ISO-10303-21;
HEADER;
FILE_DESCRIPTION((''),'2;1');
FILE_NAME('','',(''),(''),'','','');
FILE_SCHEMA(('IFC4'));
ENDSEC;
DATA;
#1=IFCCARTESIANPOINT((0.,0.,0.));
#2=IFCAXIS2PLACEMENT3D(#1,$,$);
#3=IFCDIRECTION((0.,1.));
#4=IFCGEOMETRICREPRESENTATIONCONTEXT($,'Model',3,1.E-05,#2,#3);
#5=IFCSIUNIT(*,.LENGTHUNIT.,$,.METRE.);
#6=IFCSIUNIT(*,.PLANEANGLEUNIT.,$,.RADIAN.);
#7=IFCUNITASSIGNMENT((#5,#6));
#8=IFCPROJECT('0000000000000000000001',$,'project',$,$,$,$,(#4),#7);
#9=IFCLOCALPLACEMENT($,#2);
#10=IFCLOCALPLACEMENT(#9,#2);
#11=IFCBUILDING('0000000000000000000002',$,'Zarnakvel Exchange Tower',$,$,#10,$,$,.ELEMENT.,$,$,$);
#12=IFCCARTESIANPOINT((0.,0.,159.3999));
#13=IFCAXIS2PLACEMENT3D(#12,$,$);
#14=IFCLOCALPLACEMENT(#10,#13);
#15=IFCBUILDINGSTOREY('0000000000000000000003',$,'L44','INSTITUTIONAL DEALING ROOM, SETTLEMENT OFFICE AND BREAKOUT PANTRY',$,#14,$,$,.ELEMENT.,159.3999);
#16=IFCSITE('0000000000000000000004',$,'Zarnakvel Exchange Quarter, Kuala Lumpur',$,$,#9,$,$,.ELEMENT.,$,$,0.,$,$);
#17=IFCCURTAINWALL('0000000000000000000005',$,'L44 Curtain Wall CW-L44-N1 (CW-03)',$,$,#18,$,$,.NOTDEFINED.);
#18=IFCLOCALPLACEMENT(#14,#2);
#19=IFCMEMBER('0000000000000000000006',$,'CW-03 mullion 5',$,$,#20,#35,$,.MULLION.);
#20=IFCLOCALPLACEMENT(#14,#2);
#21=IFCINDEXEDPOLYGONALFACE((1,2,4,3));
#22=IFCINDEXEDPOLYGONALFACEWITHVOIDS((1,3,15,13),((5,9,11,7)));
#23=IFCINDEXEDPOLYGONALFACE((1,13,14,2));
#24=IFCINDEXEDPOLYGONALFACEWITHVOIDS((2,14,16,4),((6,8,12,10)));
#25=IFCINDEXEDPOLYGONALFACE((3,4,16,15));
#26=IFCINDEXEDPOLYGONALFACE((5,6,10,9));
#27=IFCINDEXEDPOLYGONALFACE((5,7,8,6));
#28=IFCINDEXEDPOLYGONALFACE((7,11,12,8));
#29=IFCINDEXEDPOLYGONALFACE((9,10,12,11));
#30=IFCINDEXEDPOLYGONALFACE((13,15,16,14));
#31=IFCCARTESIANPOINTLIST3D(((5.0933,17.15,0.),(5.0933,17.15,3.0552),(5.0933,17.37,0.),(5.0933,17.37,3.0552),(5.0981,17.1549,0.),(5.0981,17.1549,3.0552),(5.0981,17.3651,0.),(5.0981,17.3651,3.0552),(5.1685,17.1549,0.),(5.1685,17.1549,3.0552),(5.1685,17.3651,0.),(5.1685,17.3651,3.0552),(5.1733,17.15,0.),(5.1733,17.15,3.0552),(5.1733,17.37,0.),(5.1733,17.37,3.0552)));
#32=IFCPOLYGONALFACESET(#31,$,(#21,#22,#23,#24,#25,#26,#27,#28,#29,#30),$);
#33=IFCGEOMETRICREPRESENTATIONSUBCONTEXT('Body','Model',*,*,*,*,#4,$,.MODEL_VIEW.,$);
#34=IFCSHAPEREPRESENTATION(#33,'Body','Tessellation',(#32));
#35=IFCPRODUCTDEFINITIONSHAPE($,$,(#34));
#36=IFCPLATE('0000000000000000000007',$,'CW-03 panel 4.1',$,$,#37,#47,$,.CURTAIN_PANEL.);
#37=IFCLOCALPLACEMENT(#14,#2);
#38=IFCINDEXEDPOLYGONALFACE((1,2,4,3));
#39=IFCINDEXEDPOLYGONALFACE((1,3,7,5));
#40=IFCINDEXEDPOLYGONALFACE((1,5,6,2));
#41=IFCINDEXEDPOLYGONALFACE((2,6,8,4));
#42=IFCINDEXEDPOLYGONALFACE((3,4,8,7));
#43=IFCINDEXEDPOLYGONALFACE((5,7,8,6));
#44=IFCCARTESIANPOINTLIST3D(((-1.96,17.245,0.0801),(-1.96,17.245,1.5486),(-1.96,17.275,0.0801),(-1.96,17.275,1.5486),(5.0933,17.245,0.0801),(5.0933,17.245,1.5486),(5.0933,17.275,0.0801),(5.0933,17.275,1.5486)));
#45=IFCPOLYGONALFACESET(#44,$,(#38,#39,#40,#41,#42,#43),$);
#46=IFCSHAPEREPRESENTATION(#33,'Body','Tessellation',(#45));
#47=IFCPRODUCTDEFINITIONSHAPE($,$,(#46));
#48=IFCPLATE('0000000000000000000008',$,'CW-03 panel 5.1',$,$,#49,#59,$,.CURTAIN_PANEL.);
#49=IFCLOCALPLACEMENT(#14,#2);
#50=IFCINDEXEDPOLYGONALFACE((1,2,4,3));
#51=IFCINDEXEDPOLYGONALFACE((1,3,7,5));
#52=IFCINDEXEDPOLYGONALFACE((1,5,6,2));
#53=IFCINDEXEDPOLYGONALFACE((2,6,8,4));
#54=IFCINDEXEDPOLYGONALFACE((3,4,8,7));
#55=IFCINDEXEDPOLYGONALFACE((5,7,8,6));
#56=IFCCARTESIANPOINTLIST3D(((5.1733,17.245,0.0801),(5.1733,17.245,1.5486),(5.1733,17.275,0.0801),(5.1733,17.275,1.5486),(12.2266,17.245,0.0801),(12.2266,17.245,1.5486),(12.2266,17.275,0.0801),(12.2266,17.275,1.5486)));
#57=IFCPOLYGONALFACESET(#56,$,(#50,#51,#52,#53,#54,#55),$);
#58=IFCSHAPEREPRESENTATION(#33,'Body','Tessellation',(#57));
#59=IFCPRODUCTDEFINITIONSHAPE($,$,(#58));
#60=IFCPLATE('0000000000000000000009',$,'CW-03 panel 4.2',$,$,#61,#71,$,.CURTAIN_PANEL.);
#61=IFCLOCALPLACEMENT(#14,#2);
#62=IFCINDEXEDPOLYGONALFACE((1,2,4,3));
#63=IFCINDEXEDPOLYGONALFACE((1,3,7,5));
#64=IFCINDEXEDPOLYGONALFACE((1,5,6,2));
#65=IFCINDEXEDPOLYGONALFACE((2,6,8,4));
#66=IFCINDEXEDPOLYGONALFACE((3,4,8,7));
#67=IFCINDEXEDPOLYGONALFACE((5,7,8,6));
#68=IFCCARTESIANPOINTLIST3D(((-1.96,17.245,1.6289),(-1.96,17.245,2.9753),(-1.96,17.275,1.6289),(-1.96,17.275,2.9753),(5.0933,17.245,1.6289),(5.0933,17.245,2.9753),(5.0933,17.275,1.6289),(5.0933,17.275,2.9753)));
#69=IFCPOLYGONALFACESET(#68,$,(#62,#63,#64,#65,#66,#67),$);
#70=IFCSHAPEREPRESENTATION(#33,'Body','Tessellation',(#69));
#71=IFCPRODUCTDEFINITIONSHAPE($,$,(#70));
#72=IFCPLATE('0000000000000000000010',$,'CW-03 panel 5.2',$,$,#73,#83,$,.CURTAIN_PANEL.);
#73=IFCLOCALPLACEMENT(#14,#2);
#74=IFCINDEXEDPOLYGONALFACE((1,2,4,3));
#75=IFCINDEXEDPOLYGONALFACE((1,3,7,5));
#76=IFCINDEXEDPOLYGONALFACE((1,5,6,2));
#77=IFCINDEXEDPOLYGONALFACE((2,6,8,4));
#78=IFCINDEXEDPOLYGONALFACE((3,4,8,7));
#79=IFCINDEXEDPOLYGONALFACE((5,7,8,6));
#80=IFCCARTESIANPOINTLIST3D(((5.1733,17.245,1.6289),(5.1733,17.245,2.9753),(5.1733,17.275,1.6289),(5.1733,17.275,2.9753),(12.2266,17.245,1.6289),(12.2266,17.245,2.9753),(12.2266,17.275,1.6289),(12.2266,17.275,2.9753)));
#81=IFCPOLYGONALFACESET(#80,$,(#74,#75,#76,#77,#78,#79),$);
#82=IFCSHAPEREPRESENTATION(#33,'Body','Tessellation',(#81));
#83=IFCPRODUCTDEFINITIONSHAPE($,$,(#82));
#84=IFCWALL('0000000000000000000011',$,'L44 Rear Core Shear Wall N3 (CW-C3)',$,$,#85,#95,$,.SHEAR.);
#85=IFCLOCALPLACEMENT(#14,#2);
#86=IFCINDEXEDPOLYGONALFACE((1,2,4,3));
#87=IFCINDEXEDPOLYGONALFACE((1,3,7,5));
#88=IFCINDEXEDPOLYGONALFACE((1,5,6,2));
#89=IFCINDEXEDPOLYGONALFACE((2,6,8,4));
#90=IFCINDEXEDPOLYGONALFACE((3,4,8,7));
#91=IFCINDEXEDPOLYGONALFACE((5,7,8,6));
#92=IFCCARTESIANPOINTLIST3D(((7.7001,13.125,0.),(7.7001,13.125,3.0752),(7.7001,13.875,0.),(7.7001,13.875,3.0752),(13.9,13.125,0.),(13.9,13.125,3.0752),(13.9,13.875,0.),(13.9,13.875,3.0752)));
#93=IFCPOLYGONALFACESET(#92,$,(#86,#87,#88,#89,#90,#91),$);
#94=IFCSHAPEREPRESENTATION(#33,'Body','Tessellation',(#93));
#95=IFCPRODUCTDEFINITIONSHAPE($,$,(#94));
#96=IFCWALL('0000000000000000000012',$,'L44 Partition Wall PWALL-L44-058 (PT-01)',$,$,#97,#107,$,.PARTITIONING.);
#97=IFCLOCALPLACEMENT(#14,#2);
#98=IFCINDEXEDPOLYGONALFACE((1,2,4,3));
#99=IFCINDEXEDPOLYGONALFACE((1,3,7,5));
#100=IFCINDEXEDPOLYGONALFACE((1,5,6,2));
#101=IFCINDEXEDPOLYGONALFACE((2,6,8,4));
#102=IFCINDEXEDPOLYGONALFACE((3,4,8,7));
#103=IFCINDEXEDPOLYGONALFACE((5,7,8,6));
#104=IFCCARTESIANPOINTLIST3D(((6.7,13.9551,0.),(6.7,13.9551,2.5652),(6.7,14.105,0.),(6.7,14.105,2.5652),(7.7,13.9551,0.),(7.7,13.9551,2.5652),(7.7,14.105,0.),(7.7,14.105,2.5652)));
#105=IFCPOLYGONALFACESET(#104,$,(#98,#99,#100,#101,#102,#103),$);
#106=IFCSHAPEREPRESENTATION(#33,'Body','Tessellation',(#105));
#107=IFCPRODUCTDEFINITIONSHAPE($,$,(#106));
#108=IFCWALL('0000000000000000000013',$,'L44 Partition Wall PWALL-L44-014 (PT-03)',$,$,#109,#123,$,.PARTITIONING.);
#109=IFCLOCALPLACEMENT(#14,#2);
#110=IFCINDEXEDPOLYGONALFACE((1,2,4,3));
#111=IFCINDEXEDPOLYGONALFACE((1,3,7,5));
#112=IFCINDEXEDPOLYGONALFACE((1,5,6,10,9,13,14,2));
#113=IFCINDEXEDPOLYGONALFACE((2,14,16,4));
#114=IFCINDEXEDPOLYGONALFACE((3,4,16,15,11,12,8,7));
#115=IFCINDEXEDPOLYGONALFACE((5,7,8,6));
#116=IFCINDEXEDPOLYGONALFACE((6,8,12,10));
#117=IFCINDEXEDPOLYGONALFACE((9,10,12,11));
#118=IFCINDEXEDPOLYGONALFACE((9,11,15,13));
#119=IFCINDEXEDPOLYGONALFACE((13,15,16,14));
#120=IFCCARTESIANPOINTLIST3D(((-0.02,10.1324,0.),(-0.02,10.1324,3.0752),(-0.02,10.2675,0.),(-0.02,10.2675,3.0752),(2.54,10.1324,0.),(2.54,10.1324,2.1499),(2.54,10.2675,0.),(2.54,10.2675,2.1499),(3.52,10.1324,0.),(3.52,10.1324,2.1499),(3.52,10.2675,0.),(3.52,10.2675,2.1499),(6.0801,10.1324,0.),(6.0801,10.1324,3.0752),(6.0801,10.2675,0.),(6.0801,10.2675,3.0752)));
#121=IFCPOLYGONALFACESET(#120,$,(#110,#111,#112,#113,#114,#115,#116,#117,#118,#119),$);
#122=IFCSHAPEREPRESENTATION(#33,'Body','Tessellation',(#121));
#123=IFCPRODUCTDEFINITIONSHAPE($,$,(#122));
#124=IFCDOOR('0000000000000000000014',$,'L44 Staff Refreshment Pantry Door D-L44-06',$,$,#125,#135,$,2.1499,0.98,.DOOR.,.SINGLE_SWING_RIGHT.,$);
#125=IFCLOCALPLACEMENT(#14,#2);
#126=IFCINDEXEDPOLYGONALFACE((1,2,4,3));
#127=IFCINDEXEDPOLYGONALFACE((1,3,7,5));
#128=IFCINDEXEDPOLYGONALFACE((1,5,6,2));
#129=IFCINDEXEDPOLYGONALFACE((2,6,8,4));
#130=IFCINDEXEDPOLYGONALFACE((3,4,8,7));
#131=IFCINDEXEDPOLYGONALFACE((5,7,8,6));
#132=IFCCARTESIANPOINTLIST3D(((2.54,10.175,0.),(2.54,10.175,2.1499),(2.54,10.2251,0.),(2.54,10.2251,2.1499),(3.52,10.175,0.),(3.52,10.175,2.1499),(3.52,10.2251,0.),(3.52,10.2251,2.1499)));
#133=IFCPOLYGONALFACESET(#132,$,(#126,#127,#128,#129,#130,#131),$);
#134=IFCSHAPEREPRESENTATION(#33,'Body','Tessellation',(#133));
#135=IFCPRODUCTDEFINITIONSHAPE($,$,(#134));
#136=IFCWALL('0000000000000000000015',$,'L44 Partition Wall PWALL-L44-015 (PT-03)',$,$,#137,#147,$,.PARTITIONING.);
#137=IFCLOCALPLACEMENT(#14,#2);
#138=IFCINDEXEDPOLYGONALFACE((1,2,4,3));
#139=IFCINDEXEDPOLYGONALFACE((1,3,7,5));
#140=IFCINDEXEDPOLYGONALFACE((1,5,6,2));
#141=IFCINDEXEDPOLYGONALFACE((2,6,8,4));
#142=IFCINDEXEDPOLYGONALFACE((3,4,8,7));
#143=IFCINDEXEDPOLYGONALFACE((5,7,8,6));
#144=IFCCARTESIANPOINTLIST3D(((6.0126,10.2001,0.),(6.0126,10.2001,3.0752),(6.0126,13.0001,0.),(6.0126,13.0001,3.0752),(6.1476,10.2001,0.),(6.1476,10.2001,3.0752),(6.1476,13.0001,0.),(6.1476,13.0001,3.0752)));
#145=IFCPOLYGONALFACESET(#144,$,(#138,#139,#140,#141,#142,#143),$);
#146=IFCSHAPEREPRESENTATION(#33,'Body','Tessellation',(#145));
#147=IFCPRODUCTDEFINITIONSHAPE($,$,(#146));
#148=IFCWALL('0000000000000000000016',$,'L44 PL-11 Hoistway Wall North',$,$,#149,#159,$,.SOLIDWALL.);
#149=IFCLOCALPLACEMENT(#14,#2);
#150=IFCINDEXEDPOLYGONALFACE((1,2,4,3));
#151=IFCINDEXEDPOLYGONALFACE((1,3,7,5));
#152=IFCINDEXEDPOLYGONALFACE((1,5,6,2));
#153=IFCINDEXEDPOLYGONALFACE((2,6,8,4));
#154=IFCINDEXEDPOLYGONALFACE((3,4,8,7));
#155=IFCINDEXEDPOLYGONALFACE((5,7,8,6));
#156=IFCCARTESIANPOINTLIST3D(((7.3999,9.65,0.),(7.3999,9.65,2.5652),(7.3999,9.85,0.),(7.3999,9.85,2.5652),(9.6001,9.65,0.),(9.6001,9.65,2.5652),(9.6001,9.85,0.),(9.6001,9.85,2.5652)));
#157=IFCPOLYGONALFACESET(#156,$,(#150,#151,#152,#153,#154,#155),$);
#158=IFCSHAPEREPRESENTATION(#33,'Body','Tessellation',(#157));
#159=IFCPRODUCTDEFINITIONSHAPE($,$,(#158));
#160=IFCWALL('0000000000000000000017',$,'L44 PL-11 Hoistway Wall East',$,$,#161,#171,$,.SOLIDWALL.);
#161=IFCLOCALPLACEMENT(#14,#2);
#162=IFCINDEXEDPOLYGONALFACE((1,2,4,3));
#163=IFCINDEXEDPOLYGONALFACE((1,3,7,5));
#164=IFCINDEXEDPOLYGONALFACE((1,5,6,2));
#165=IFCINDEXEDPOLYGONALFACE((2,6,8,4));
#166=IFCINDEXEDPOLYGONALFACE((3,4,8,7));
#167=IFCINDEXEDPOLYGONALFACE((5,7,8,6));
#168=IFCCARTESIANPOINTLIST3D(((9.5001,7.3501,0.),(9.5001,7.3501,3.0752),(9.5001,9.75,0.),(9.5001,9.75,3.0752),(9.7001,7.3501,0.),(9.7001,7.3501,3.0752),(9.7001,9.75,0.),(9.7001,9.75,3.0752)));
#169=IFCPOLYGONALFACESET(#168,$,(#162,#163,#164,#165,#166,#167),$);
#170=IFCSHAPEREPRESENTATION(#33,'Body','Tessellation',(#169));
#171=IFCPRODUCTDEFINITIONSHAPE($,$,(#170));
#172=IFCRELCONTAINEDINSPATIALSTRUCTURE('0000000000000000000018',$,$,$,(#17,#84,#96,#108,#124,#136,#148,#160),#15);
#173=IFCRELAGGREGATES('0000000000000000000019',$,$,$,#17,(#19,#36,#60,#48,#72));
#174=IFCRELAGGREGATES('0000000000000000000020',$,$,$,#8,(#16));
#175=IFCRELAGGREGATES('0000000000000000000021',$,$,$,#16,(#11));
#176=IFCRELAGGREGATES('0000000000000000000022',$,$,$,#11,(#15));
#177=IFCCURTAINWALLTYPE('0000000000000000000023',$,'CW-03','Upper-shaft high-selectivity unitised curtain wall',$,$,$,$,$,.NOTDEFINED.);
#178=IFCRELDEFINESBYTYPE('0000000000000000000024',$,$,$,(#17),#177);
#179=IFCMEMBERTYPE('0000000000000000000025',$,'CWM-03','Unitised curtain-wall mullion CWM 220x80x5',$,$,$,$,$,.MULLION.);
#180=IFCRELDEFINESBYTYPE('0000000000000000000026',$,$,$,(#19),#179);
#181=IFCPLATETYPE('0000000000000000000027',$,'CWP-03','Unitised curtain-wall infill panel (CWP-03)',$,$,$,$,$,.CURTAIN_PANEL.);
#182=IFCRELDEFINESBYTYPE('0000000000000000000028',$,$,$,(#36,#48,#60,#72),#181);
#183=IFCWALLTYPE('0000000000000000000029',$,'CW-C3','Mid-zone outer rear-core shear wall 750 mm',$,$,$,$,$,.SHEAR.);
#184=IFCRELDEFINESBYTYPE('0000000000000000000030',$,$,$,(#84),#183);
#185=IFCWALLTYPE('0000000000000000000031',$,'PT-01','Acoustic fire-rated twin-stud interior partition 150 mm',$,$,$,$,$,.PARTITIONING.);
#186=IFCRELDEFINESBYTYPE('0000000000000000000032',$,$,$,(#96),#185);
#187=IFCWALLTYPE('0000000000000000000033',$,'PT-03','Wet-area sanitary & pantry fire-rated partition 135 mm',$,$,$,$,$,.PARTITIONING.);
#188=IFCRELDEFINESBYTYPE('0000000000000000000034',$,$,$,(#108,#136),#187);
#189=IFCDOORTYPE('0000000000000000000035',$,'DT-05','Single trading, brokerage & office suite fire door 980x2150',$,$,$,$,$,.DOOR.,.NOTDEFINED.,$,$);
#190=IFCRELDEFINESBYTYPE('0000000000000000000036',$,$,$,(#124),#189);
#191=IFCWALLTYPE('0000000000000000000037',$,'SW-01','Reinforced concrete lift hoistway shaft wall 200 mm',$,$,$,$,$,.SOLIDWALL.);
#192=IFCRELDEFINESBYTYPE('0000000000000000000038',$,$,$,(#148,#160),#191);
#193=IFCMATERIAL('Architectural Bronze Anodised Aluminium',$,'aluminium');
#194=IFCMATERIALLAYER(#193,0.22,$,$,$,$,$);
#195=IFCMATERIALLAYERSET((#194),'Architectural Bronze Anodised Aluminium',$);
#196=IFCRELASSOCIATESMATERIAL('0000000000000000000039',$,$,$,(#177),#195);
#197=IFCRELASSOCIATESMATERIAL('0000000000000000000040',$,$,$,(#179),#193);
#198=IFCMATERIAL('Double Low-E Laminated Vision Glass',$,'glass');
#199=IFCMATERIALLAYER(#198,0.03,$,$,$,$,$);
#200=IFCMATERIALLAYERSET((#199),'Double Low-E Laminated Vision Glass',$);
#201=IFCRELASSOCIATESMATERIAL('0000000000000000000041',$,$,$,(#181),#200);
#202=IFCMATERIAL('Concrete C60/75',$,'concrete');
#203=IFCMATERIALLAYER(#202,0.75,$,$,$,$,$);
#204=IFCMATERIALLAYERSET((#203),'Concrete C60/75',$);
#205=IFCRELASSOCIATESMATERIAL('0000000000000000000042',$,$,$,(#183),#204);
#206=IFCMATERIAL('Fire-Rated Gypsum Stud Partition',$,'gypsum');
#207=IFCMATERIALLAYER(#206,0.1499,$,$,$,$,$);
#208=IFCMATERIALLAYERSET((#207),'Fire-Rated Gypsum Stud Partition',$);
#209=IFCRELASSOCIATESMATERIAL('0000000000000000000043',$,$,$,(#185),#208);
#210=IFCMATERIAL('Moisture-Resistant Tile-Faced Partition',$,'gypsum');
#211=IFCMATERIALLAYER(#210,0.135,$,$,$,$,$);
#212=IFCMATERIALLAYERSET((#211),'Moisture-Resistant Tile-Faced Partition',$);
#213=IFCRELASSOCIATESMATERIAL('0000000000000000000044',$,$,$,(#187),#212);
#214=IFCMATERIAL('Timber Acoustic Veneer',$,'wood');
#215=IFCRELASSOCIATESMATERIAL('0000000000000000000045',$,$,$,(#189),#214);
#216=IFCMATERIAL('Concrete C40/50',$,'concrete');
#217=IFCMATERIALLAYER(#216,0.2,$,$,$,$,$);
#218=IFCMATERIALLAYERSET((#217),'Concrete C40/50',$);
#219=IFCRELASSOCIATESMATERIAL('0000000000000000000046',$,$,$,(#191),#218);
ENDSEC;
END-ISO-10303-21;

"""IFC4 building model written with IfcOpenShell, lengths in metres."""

from ifc_helpers import new_model, si_unit, direction, frame, frame_2d, origin, origin_2d, place, context, subcontext, project, spatial, rectangle, hollow_rectangle, extrude, source, transform, mapped, material, layer, layer_set, material_profile, profile_set, type_object, element, fill, aggregate, save


model = new_model("IFC4")

# Units and contexts
model_context = context("Model", 3, precision=1e-05, world=origin(), true_north=direction((0.0, 1.0)))
body_context = subcontext(model_context, "Body", "Model", "MODEL_VIEW")
ifc_project = project(units=[si_unit("LENGTHUNIT", "METRE"), si_unit("PLANEANGLEUNIT", "RADIAN")], contexts=[model_context])

# Site, building, storey
site_placement = place(None, origin())
site = spatial("IfcSite", under=ifc_project, at=site_placement, Name="Zarnakvel Exchange Quarter, Kuala Lumpur", CompositionType="ELEMENT", RefElevation=0.0)
building_placement = place(site_placement, origin())
building = spatial("IfcBuilding", under=site, at=building_placement, Name="Zarnakvel Exchange Tower", CompositionType="ELEMENT")
storey_placement = place(building_placement, frame((0.0, 0.0, 159.3999)))
storey = spatial("IfcBuildingStorey", under=building, at=storey_placement, Name="L44", Description="INSTITUTIONAL DEALING ROOM, SETTLEMENT OFFICE AND BREAKOUT PANTRY", CompositionType="ELEMENT", Elevation=159.3999)

# Shared definitions
ifc_material_1 = material(Name="Concrete C60/75", Category="concrete")

# Curtain wall, member, plates
ifc_material_2 = material(Name="Architectural Bronze Anodised Aluminium", Category="aluminium")
ifc_layer_1 = layer(ifc_material_2, 0.22)
ifc_layer_set_1 = layer_set([ifc_layer_1], Name="Architectural Bronze Anodised Aluminium")
curtain_wall_type = type_object("IfcCurtainWallType", Name="CW-03", Description="Upper-shaft high-selectivity unitised curtain wall", PredefinedType="NOTDEFINED", material=ifc_layer_set_1)
curtain_wall_placement = place(storey_placement, origin())
curtain_wall = element("IfcCurtainWall", 1, at=curtain_wall_placement, inside=storey, type_object=curtain_wall_type, Name="L44 Curtain Wall CW-L44-N1 (CW-03)", PredefinedType="NOTDEFINED")
ifc_material_profile_1 = material_profile(ifc_material_2, hollow_rectangle(XDim=0.22, YDim=0.0801, WallThickness=0.0049, at=origin_2d()))
ifc_profile_set_1 = profile_set([ifc_material_profile_1], Name="Architectural Bronze Anodised Aluminium")
member_type_1 = type_object("IfcMemberType", Name="CWM-03", Description="Unitised curtain-wall mullion CWM 220x80x5", PredefinedType="MULLION", material=ifc_profile_set_1)
shared_shape_1 = source(origin(), body_context, "Body", "SweptSolid", [
    extrude(hollow_rectangle(XDim=0.22, YDim=0.0801, WallThickness=0.0049, at=origin_2d()), origin(), (0.0, 0.0, 1.0), 3.0552),
])
member_1_placement = place(storey_placement, frame((5.1333, 17.26, 0.0), z_axis=(0.0, 0.0, 1.0), x_axis=(0.0, 1.0, 0.0)))
member_1 = element("IfcMember", 2, at=member_1_placement, type_object=member_type_1, Name="CW-03 mullion 5", PredefinedType="MULLION", context=body_context, shape_type="MappedRepresentation", body=[
    mapped(shared_shape_1, transform((0.0, 0.0, 0.0), x_axis=(1.0, 0.0, 0.0), y_axis=(0.0, 1.0, 0.0), z_axis=(0.0, 0.0, 1.0), scale=1.0)),
])
ifc_material_3 = material(Name="Double Low-E Laminated Vision Glass", Category="glass")
ifc_layer_2 = layer(ifc_material_3, 0.03)
ifc_layer_set_2 = layer_set([ifc_layer_2], Name="Double Low-E Laminated Vision Glass")
plate_type = type_object("IfcPlateType", Name="CWP-03", Description="Unitised curtain-wall infill panel (CWP-03)", PredefinedType="CURTAIN_PANEL", material=ifc_layer_set_2)
shared_shape_2 = source(origin(), body_context, "Body", "SweptSolid", [
    extrude(rectangle(XDim=7.0532, YDim=0.03, at=origin_2d()), origin(), (0.0, 0.0, 1.0), 1.4685),
])
plate_1_placement = place(storey_placement, frame((1.5667, 17.26, 0.0801), z_axis=(0.0, 0.0, 1.0), x_axis=(1.0, 0.0, 0.0)))
plate_1 = element("IfcPlate", 3, at=plate_1_placement, type_object=plate_type, Name="CW-03 panel 4.1", PredefinedType="CURTAIN_PANEL", context=body_context, shape_type="MappedRepresentation", body=[
    mapped(shared_shape_2, transform((0.0, 0.0, 0.0), x_axis=(1.0, 0.0, 0.0), y_axis=(0.0, 1.0, 0.0), z_axis=(0.0, 0.0, 1.0), scale=1.0)),
])
plate_2_placement = place(storey_placement, frame((8.7, 17.26, 0.0801), z_axis=(0.0, 0.0, 1.0), x_axis=(1.0, 0.0, 0.0)))
plate_2 = element("IfcPlate", 4, at=plate_2_placement, type_object=plate_type, Name="CW-03 panel 5.1", PredefinedType="CURTAIN_PANEL", context=body_context, shape_type="MappedRepresentation", body=[
    mapped(shared_shape_2, transform((0.0, 0.0, 0.0), x_axis=(1.0, 0.0, 0.0), y_axis=(0.0, 1.0, 0.0), z_axis=(0.0, 0.0, 1.0), scale=1.0)),
])
shared_shape_3 = source(origin(), body_context, "Body", "SweptSolid", [
    extrude(rectangle(XDim=7.0532, YDim=0.03, at=origin_2d()), origin(), (0.0, 0.0, 1.0), 1.3464),
])
plate_3_placement = place(storey_placement, frame((1.5667, 17.26, 1.6289), z_axis=(0.0, 0.0, 1.0), x_axis=(1.0, 0.0, 0.0)))
plate_3 = element("IfcPlate", 5, at=plate_3_placement, type_object=plate_type, Name="CW-03 panel 4.2", PredefinedType="CURTAIN_PANEL", context=body_context, shape_type="MappedRepresentation", body=[
    mapped(shared_shape_3, transform((0.0, 0.0, 0.0), x_axis=(1.0, 0.0, 0.0), y_axis=(0.0, 1.0, 0.0), z_axis=(0.0, 0.0, 1.0), scale=1.0)),
])
plate_4_placement = place(storey_placement, frame((8.7, 17.26, 1.6289), z_axis=(0.0, 0.0, 1.0), x_axis=(1.0, 0.0, 0.0)))
plate_4 = element("IfcPlate", 6, at=plate_4_placement, type_object=plate_type, Name="CW-03 panel 5.2", PredefinedType="CURTAIN_PANEL", context=body_context, shape_type="MappedRepresentation", body=[
    mapped(shared_shape_3, transform((0.0, 0.0, 0.0), x_axis=(1.0, 0.0, 0.0), y_axis=(0.0, 1.0, 0.0), z_axis=(0.0, 0.0, 1.0), scale=1.0)),
])
aggregate(curtain_wall, [member_1, plate_1, plate_3, plate_2, plate_4])

# Walls
ifc_layer_3 = layer(ifc_material_1, 0.75)
ifc_layer_set_3 = layer_set([ifc_layer_3], Name="Concrete C60/75")
wall_type_1 = type_object("IfcWallType", Name="CW-C3", Description="Mid-zone outer rear-core shear wall 750 mm", PredefinedType="SHEAR", material=ifc_layer_set_3)
wall_1_placement = place(storey_placement, frame((7.7, 13.5, 0.0), z_axis=(0.0, 0.0, 1.0), x_axis=(1.0, 0.0, 0.0)))
element("IfcWall", 7, at=wall_1_placement, inside=storey, type_object=wall_type_1, Name="L44 Rear Core Shear Wall N3 (CW-C3)", PredefinedType="SHEAR", context=body_context, shape_type="SweptSolid", body=[
    extrude(rectangle(XDim=6.2, YDim=0.75, at=frame_2d((3.1001, 0.0))), origin(), (0.0, 0.0, 1.0), 3.0752),
])
ifc_material_4 = material(Name="Fire-Rated Gypsum Stud Partition", Category="gypsum")
ifc_layer_4 = layer(ifc_material_4, 0.1499)
ifc_layer_set_4 = layer_set([ifc_layer_4], Name="Fire-Rated Gypsum Stud Partition")
wall_type_2 = type_object("IfcWallType", Name="PT-01", Description="Acoustic fire-rated twin-stud interior partition 150 mm", PredefinedType="PARTITIONING", material=ifc_layer_set_4)
wall_2_placement = place(storey_placement, frame((7.7, 14.03, 0.0), z_axis=(0.0, 0.0, 1.0), x_axis=(-1.0, 0.0, 0.0)))
element("IfcWall", 8, at=wall_2_placement, inside=storey, type_object=wall_type_2, Name="L44 Partition Wall PWALL-L44-058 (PT-01)", PredefinedType="PARTITIONING", context=body_context, shape_type="SweptSolid", body=[
    extrude(rectangle(XDim=1.0, YDim=0.1499, at=frame_2d((0.5, 0.0))), origin(), (0.0, 0.0, 1.0), 2.5652),
])

# Wall, opening, door
ifc_material_5 = material(Name="Moisture-Resistant Tile-Faced Partition", Category="gypsum")
ifc_layer_5 = layer(ifc_material_5, 0.135)
ifc_layer_set_5 = layer_set([ifc_layer_5], Name="Moisture-Resistant Tile-Faced Partition")
wall_type_3 = type_object("IfcWallType", Name="PT-03", Description="Wet-area sanitary & pantry fire-rated partition 135 mm", PredefinedType="PARTITIONING", material=ifc_layer_set_5)
wall_3_placement = place(storey_placement, frame((6.0801, 10.2, 0.0), z_axis=(0.0, 0.0, 1.0), x_axis=(-1.0, 0.0, 0.0)))
wall_3 = element("IfcWall", 9, at=wall_3_placement, inside=storey, type_object=wall_type_3, Name="L44 Partition Wall PWALL-L44-014 (PT-03)", PredefinedType="PARTITIONING", context=body_context, shape_type="SweptSolid", body=[
    extrude(rectangle(XDim=6.1001, YDim=0.135, at=frame_2d((3.05, 0.0))), origin(), (0.0, 0.0, 1.0), 3.0752),
])
opening_placement = place(wall_3_placement, frame((2.5601, 0.0, 0.0)))
opening = element("IfcOpeningElement", 10, at=opening_placement, cuts=wall_3, PredefinedType="OPENING", context=body_context, shape_type="SweptSolid", body=[
    extrude(rectangle(XDim=0.98, YDim=2.1499, at=frame_2d((0.49, 1.075))), frame((0.0, 0.0774, 0.0), z_axis=(0.0, -1.0, 0.0), x_axis=(1.0, 0.0, 0.0)), (0.0, 0.0, 1.0), 0.155),
])
ifc_material_6 = material(Name="Timber Acoustic Veneer", Category="wood")
door_type = type_object("IfcDoorType", Name="DT-05", Description="Single trading, brokerage & office suite fire door 980x2150", OperationType="NOTDEFINED", PredefinedType="DOOR", material=ifc_material_6)
shared_shape_4 = source(origin(), body_context, "Body", "SweptSolid", [
    extrude(rectangle(XDim=0.98, YDim=2.1499, at=frame_2d((0.49, 1.075))), frame((0.0, 0.0249, 0.0), z_axis=(0.0, -1.0, 0.0), x_axis=(1.0, 0.0, 0.0)), (0.0, 0.0, 1.0), 0.05),
])
door_placement = place(opening_placement, origin())
door = element("IfcDoor", 11, at=door_placement, inside=storey, type_object=door_type, Name="L44 Staff Refreshment Pantry Door D-L44-06", OperationType="SINGLE_SWING_RIGHT", OverallHeight=2.1499, OverallWidth=0.98, PredefinedType="DOOR", context=body_context, shape_type="MappedRepresentation", body=[
    mapped(shared_shape_4, transform((0.0, 0.0, 0.0), x_axis=(1.0, 0.0, 0.0), y_axis=(0.0, 1.0, 0.0), z_axis=(0.0, 0.0, 1.0), scale=1.0)),
])
fill(opening, door)

# Walls
wall_4_placement = place(storey_placement, frame((6.0801, 13.0, 0.0), z_axis=(0.0, 0.0, 1.0), x_axis=(0.0, -1.0, 0.0)))
element("IfcWall", 12, at=wall_4_placement, inside=storey, type_object=wall_type_3, Name="L44 Partition Wall PWALL-L44-015 (PT-03)", PredefinedType="PARTITIONING", context=body_context, shape_type="SweptSolid", body=[
    extrude(rectangle(XDim=2.8, YDim=0.135, at=frame_2d((1.3999, 0.0))), origin(), (0.0, 0.0, 1.0), 3.0752),
])
ifc_material_7 = material(Name="Concrete C40/50", Category="concrete")
ifc_layer_6 = layer(ifc_material_7, 0.2)
ifc_layer_set_6 = layer_set([ifc_layer_6], Name="Concrete C40/50")
wall_type_4 = type_object("IfcWallType", Name="SW-01", Description="Reinforced concrete lift hoistway shaft wall 200 mm", PredefinedType="SOLIDWALL", material=ifc_layer_set_6)
wall_5_placement = place(storey_placement, frame((7.3999, 9.75, 0.0), z_axis=(0.0, 0.0, 1.0), x_axis=(1.0, 0.0, 0.0)))
element("IfcWall", 13, at=wall_5_placement, inside=storey, type_object=wall_type_4, Name="L44 PL-11 Hoistway Wall North", PredefinedType="SOLIDWALL", context=body_context, shape_type="SweptSolid", body=[
    extrude(rectangle(XDim=2.2002, YDim=0.2, at=frame_2d((1.1001, 0.0))), origin(), (0.0, 0.0, 1.0), 2.5652),
])
wall_6_placement = place(storey_placement, frame((9.6001, 9.75, 0.0), z_axis=(0.0, 0.0, 1.0), x_axis=(0.0, -1.0, 0.0)))
element("IfcWall", 14, at=wall_6_placement, inside=storey, type_object=wall_type_4, Name="L44 PL-11 Hoistway Wall East", PredefinedType="SOLIDWALL", context=body_context, shape_type="SweptSolid", body=[
    extrude(rectangle(XDim=2.3999, YDim=0.2, at=frame_2d((1.2, 0.0))), origin(), (0.0, 0.0, 1.0), 3.0752),
])

save(model, "model.ifc")
